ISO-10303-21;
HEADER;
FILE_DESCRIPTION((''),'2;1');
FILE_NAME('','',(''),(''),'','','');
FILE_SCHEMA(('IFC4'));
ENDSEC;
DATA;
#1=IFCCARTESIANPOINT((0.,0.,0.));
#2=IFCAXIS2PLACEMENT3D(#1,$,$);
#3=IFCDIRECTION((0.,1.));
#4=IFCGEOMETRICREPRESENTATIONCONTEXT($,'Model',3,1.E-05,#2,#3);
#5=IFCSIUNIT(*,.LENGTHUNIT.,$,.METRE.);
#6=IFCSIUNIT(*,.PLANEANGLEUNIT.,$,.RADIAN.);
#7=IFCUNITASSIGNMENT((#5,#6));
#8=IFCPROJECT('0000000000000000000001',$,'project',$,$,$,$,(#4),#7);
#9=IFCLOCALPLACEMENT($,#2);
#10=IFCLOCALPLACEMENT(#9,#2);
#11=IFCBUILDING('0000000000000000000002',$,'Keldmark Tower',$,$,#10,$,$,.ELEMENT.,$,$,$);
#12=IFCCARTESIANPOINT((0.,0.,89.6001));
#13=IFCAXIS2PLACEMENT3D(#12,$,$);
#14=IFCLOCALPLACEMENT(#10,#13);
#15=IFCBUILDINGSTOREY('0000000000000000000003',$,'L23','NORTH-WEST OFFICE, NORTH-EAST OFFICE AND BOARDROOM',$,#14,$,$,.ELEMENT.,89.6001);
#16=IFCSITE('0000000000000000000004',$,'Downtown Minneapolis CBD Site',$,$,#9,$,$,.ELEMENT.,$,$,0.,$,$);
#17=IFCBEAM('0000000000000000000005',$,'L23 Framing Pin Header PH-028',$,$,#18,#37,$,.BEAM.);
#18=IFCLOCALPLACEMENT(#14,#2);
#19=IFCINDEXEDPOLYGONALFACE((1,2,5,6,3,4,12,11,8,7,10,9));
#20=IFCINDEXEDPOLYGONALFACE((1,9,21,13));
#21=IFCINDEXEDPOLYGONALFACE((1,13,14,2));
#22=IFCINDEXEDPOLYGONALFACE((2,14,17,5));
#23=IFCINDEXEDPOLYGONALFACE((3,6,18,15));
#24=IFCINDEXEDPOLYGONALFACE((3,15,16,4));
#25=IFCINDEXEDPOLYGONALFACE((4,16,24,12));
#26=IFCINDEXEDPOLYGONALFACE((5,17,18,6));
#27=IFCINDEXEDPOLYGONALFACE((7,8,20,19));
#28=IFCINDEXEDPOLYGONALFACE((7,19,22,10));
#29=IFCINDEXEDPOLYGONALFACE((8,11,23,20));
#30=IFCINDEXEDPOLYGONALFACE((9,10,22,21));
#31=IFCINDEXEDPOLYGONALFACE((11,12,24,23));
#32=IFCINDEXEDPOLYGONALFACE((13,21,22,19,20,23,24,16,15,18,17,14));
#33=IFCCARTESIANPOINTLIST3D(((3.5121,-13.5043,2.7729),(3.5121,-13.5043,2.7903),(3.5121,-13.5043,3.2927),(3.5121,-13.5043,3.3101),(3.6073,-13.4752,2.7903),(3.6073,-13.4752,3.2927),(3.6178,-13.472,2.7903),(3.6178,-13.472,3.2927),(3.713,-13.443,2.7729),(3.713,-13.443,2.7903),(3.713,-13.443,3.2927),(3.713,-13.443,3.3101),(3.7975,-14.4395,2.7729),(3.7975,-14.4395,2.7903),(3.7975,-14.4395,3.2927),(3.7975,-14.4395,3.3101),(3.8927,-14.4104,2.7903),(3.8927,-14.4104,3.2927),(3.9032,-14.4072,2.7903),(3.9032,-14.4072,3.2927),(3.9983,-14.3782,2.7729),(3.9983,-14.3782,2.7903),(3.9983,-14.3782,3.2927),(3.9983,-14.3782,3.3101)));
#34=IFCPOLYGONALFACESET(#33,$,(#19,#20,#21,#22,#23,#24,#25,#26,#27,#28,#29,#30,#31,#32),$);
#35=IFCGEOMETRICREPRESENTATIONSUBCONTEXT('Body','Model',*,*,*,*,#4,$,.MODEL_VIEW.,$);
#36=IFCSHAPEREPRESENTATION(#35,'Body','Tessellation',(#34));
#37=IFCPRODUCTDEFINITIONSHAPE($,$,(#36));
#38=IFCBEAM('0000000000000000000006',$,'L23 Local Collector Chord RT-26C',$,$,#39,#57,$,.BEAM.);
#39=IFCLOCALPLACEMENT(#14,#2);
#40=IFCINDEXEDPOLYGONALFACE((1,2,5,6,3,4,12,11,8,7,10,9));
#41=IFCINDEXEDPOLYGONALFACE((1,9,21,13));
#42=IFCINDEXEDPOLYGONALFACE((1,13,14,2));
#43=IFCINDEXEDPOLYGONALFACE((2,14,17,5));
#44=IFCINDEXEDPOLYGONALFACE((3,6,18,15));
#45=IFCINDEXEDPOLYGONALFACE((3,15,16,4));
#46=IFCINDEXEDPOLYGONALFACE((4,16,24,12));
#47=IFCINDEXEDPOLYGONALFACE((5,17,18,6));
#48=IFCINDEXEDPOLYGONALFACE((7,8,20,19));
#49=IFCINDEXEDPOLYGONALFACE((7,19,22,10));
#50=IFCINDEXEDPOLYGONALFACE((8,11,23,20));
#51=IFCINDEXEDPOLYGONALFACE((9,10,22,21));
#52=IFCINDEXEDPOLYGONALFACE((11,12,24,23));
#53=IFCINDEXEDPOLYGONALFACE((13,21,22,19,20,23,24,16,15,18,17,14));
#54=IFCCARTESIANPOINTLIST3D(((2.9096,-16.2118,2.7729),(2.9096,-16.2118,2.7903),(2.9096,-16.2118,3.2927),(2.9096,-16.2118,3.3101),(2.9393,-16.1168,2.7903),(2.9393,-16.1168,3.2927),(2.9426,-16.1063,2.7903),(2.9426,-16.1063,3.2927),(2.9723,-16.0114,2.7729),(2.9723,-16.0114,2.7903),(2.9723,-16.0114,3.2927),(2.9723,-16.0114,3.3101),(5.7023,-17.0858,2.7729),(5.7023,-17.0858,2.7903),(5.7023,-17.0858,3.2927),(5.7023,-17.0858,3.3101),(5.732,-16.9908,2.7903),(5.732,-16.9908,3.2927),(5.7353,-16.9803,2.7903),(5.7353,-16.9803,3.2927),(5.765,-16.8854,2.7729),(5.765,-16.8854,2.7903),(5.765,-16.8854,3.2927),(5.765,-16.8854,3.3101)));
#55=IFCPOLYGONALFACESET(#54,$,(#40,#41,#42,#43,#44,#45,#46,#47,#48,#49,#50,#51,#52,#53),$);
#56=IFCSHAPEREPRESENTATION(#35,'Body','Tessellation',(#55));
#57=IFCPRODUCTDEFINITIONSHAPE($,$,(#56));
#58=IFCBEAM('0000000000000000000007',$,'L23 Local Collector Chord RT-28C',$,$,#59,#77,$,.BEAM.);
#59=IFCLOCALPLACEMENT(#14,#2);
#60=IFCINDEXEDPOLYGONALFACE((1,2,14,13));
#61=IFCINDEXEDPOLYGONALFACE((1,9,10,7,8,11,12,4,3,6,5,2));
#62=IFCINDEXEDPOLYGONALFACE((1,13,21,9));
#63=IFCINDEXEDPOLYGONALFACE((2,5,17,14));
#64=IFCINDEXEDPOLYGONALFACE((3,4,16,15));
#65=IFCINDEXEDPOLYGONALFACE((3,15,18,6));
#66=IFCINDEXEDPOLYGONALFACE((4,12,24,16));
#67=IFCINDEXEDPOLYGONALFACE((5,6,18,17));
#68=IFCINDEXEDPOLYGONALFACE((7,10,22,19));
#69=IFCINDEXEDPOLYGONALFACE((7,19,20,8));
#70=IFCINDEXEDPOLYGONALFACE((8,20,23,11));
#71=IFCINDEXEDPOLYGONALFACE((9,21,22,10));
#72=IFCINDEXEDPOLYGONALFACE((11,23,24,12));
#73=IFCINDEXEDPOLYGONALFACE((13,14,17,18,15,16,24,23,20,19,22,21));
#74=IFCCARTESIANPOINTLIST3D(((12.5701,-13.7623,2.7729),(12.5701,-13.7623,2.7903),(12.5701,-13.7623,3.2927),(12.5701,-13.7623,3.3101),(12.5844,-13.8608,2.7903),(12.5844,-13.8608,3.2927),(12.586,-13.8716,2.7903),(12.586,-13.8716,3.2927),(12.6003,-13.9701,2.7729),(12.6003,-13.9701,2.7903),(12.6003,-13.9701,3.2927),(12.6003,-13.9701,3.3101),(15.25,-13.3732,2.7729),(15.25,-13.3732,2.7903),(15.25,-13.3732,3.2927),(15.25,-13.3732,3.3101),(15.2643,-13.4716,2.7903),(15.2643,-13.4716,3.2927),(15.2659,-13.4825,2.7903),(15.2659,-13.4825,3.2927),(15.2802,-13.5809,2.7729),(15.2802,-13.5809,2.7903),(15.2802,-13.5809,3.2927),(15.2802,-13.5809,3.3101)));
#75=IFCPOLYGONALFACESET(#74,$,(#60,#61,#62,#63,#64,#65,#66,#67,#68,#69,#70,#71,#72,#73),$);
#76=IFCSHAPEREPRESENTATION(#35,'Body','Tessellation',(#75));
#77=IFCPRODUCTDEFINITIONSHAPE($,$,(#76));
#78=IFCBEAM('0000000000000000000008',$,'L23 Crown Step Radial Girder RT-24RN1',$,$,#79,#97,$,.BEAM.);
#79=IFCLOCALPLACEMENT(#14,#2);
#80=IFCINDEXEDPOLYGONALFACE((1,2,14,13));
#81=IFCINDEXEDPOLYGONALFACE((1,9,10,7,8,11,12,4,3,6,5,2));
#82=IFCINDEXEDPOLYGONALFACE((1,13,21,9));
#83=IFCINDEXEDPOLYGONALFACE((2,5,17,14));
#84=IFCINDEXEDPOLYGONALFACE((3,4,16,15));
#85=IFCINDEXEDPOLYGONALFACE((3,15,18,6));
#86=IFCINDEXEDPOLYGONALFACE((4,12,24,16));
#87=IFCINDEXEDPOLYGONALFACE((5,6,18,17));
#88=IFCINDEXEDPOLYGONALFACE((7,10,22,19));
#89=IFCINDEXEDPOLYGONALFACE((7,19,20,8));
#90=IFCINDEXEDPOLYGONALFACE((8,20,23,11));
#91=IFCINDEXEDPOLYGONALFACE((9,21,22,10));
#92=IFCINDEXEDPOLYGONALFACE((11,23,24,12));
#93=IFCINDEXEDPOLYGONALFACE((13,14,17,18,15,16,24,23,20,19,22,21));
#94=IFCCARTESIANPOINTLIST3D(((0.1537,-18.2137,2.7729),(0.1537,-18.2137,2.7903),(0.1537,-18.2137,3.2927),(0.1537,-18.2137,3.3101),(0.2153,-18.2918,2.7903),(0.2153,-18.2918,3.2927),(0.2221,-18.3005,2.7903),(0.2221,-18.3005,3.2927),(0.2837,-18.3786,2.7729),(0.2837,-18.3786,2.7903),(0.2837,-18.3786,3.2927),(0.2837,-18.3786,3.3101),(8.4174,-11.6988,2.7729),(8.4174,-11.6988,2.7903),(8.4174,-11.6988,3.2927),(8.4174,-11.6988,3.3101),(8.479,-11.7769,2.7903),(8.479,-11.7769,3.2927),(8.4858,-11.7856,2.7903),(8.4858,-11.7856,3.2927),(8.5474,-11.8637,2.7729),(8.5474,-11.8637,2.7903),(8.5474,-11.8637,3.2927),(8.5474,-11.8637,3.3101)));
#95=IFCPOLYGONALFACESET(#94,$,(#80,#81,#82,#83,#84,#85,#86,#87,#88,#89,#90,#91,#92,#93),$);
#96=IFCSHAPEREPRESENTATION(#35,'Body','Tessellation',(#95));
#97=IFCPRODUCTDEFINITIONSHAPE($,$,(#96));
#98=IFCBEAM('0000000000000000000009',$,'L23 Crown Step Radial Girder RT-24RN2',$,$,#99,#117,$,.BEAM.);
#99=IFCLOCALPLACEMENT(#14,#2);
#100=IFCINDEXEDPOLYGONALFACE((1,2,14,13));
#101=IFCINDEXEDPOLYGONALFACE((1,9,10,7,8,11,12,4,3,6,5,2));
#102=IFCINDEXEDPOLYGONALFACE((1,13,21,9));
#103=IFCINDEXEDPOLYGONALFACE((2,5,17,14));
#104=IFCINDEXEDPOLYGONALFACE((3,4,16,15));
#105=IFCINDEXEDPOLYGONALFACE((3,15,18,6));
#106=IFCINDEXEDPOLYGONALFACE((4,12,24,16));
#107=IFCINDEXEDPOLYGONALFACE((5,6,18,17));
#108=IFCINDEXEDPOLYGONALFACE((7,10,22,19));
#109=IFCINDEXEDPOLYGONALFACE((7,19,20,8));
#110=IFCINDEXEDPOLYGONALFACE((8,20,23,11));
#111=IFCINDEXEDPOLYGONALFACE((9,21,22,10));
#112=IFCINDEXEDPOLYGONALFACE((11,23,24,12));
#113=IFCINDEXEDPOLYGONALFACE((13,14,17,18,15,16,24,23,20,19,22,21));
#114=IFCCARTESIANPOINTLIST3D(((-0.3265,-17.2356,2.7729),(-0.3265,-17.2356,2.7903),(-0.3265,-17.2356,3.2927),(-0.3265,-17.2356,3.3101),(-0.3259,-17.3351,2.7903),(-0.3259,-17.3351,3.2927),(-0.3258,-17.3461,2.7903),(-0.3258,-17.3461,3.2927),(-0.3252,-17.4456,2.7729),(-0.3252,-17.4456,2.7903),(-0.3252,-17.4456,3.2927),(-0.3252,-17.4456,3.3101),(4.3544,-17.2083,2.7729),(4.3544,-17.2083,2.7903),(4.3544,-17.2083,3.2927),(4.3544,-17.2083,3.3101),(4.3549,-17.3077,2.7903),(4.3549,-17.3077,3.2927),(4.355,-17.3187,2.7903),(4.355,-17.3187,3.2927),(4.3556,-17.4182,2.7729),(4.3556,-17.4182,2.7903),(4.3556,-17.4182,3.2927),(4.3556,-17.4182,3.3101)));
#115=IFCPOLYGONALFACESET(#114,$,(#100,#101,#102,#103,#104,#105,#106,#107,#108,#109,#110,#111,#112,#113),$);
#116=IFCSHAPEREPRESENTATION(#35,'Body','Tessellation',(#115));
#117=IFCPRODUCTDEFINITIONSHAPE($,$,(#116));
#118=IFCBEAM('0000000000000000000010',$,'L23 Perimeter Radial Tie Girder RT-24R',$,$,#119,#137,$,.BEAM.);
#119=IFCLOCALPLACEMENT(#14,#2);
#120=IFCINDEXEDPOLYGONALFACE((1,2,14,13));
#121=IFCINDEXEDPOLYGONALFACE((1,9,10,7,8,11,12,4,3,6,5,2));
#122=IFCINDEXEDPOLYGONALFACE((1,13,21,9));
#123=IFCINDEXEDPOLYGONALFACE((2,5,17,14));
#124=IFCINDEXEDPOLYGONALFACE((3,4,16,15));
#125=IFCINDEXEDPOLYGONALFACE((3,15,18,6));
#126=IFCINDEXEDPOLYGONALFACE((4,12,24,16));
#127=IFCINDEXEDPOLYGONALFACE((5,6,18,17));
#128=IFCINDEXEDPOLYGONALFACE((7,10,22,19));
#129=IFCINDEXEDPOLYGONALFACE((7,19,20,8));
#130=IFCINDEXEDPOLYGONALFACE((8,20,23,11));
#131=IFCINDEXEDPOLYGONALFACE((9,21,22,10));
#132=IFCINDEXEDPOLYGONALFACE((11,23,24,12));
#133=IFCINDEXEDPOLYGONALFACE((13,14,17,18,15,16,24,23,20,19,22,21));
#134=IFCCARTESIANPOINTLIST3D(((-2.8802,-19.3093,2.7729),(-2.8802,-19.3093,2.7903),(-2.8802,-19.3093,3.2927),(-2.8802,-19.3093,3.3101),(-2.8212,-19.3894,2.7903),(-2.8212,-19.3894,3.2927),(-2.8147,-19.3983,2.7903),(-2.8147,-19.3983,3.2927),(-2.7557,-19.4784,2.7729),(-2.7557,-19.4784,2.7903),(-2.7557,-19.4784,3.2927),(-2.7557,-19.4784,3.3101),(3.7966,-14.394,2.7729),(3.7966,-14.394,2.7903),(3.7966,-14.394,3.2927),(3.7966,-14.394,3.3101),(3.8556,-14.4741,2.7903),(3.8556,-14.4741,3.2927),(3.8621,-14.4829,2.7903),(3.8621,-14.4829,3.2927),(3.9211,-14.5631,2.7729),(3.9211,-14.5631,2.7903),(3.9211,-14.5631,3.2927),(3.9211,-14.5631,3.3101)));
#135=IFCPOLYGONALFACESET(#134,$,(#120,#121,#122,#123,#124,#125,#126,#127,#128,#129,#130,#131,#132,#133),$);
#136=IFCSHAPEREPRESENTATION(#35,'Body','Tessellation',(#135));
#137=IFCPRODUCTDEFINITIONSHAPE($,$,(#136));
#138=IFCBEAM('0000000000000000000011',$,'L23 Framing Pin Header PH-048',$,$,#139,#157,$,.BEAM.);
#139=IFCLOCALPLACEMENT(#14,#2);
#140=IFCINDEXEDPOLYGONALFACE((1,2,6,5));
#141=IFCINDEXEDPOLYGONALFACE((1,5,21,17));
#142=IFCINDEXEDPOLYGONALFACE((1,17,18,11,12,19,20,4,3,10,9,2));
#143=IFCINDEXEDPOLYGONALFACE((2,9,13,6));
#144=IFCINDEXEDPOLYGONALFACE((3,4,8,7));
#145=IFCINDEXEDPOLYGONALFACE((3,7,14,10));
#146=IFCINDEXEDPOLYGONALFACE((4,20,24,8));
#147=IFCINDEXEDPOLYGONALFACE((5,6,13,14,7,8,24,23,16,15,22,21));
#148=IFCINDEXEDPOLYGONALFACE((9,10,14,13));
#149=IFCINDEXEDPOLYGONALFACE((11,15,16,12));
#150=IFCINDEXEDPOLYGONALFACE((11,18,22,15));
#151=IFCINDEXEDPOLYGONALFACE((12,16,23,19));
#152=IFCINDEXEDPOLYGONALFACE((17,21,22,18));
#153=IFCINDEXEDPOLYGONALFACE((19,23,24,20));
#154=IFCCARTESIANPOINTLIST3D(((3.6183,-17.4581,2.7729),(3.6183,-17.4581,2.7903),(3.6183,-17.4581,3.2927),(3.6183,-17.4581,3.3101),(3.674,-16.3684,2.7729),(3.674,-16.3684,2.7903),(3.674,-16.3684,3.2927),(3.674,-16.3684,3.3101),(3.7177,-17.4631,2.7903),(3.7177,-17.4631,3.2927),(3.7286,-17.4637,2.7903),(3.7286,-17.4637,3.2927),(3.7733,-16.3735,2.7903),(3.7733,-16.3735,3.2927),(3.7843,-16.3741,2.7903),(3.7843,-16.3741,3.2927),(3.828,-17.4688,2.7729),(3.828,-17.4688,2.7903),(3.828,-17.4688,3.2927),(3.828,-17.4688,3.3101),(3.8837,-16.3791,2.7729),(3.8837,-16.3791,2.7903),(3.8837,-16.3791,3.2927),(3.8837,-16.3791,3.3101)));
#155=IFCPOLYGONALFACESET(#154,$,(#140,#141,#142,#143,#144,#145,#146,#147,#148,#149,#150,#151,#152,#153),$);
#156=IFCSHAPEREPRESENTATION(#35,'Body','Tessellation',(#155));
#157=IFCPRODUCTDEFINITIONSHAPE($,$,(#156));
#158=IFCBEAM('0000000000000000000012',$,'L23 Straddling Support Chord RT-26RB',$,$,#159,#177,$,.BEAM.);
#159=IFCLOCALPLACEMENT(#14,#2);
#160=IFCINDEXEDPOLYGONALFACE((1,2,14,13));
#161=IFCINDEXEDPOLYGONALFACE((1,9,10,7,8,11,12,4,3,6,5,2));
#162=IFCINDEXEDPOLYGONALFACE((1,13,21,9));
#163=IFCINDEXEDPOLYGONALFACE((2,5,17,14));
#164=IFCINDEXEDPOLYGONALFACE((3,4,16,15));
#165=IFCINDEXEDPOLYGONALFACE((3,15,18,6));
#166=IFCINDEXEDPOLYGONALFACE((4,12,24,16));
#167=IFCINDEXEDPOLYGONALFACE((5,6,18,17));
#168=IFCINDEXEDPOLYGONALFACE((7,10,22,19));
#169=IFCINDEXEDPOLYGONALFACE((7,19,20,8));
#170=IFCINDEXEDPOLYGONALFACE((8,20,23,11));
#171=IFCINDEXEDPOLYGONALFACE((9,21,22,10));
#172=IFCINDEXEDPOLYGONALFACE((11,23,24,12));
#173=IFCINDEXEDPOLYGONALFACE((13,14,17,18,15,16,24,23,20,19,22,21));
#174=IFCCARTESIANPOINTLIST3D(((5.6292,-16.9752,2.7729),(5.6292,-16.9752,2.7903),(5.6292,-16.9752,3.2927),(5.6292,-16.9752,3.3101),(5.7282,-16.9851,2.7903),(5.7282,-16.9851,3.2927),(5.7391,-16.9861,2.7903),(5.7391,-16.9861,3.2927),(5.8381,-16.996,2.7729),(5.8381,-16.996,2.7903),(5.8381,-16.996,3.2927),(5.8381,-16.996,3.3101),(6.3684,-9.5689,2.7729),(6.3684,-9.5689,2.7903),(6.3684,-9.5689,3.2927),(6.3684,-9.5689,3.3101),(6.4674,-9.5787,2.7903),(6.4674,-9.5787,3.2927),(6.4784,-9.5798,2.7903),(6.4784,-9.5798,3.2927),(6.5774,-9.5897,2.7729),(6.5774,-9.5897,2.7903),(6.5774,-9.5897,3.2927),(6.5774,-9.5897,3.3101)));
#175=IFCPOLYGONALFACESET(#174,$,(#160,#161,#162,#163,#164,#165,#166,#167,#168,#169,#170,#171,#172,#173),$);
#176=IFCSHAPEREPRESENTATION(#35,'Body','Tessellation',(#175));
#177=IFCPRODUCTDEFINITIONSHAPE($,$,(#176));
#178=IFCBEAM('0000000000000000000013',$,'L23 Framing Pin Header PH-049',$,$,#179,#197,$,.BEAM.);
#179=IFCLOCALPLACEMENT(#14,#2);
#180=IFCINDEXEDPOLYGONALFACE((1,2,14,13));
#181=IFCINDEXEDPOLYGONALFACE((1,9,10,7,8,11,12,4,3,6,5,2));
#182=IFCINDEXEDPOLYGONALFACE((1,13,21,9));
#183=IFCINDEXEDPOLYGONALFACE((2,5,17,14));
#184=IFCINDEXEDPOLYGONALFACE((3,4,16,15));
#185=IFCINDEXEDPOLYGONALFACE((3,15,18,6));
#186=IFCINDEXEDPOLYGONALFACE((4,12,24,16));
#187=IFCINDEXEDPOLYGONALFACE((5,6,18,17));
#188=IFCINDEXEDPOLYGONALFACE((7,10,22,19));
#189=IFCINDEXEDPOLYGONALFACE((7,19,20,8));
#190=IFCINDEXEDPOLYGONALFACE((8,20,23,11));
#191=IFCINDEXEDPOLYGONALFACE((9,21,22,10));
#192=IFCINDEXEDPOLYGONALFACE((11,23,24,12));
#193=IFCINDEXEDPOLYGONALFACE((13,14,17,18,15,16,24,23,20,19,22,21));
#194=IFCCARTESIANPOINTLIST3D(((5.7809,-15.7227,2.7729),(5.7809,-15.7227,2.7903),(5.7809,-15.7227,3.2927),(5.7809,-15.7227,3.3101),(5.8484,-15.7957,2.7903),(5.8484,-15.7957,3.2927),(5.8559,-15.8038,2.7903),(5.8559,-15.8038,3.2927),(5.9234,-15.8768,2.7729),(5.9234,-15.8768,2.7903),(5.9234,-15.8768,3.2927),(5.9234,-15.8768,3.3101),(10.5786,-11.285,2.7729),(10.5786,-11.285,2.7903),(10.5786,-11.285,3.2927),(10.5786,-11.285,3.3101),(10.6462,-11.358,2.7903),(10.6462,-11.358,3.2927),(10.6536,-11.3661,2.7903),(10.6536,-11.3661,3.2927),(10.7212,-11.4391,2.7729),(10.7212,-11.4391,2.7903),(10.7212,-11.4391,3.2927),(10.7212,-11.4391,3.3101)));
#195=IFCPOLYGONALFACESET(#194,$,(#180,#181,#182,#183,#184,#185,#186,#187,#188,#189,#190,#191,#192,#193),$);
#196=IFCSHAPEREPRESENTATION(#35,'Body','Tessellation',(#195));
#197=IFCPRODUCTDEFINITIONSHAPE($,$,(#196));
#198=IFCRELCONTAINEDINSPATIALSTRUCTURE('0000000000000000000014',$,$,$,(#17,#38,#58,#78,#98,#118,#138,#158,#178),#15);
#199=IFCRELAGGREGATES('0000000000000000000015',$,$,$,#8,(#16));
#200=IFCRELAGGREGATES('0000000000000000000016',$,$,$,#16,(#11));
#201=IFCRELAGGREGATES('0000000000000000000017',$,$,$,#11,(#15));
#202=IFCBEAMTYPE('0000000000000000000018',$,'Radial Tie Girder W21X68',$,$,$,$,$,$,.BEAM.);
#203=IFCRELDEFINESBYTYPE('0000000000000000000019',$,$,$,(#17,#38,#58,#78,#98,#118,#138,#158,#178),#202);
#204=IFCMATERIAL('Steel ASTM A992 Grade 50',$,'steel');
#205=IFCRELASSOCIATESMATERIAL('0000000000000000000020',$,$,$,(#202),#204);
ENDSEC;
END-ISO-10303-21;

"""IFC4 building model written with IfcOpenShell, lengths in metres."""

from ifc_helpers import new_model, si_unit, direction, frame, origin, origin_2d, place, context, subcontext, project, spatial, i_section, extrude, material, material_profile, profile_set, type_object, element, save


model = new_model("IFC4")

# Units and contexts
model_context = context("Model", 3, precision=1e-05, world=origin(), true_north=direction((0.0, 1.0)))
body_context = subcontext(model_context, "Body", "Model", "MODEL_VIEW")
ifc_project = project(units=[si_unit("LENGTHUNIT", "METRE"), si_unit("PLANEANGLEUNIT", "RADIAN")], contexts=[model_context])

# Site, building, storey
site_placement = place(None, origin())
site = spatial("IfcSite", under=ifc_project, at=site_placement, Name="Downtown Minneapolis CBD Site", CompositionType="ELEMENT", RefElevation=0.0)
building_placement = place(site_placement, origin())
building = spatial("IfcBuilding", under=site, at=building_placement, Name="Keldmark Tower", CompositionType="ELEMENT")
storey_placement = place(building_placement, frame((0.0, 0.0, 89.6001)))
storey = spatial("IfcBuildingStorey", under=building, at=storey_placement, Name="L23", Description="NORTH-WEST OFFICE, NORTH-EAST OFFICE AND BOARDROOM", CompositionType="ELEMENT", Elevation=89.6001)

# Beams
ifc_material_1 = material(Name="Steel ASTM A992 Grade 50", Category="steel")
ifc_material_profile_1 = material_profile(ifc_material_1, i_section(OverallWidth=0.21, OverallDepth=0.5371, WebThickness=0.011, FlangeThickness=0.0173, at=origin_2d()), Name="W21X68")
ifc_profile_set_1 = profile_set([ifc_material_profile_1], Name="Steel ASTM A992 Grade 50")
beam_type_1 = type_object("IfcBeamType", Name="Radial Tie Girder W21X68", PredefinedType="BEAM", material=ifc_profile_set_1)
beam_1_placement = place(storey_placement, frame((3.6125, -13.4736, 3.0415), z_axis=(0.291857, -0.956462, 0.0), x_axis=(0.956462, 0.291857, 0.0)))
element("IfcBeam", 1, at=beam_1_placement, inside=storey, type_object=beam_type_1, Name="L23 Framing Pin Header PH-028", PredefinedType="BEAM", context=body_context, shape_type="SweptSolid", body=[
    extrude(i_section(OverallWidth=0.21, OverallDepth=0.5371, WebThickness=0.011, FlangeThickness=0.0173, at=origin_2d()), origin(), (0.0, 0.0, 1.0), 0.9778),
])
beam_2_placement = place(storey_placement, frame((2.9409, -16.1116, 3.0415), z_axis=(0.954354, -0.298679, 0.0), x_axis=(0.298679, 0.954354, 0.0)))
element("IfcBeam", 2, at=beam_2_placement, inside=storey, type_object=beam_type_1, Name="L23 Local Collector Chord RT-26C", PredefinedType="BEAM", context=body_context, shape_type="SweptSolid", body=[
    extrude(i_section(OverallWidth=0.21, OverallDepth=0.5371, WebThickness=0.011, FlangeThickness=0.0173, at=origin_2d()), origin(), (0.0, 0.0, 1.0), 2.9263),
])
beam_3_placement = place(storey_placement, frame((12.5852, -13.8662, 3.0415), z_axis=(0.989621, 0.143705, 0.0), x_axis=(-0.143705, 0.989621, 0.0)))
element("IfcBeam", 3, at=beam_3_placement, inside=storey, type_object=beam_type_1, Name="L23 Local Collector Chord RT-28C", PredefinedType="BEAM", context=body_context, shape_type="SweptSolid", body=[
    extrude(i_section(OverallWidth=0.21, OverallDepth=0.5371, WebThickness=0.011, FlangeThickness=0.0173, at=origin_2d()), origin(), (0.0, 0.0, 1.0), 2.708),
])
beam_4_placement = place(storey_placement, frame((8.4824, -11.7812, 3.0415), z_axis=(-0.785301, -0.619114, 0.0), x_axis=(0.619114, -0.785301, 0.0)))
element("IfcBeam", 4, at=beam_4_placement, inside=storey, type_object=beam_type_1, Name="L23 Crown Step Radial Girder RT-24RN1", PredefinedType="BEAM", context=body_context, shape_type="SweptSolid", body=[
    extrude(i_section(OverallWidth=0.21, OverallDepth=0.5371, WebThickness=0.011, FlangeThickness=0.0173, at=origin_2d()), origin(), (0.0, 0.0, 1.0), 10.5229),
])
beam_5_placement = place(storey_placement, frame((4.355, -17.3132, 3.0415), z_axis=(-0.999983, -0.005841, 0.0), x_axis=(0.005841, -0.999983, 0.0)))
element("IfcBeam", 5, at=beam_5_placement, inside=storey, type_object=beam_type_1, Name="L23 Crown Step Radial Girder RT-24RN2", PredefinedType="BEAM", context=body_context, shape_type="SweptSolid", body=[
    extrude(i_section(OverallWidth=0.21, OverallDepth=0.5371, WebThickness=0.011, FlangeThickness=0.0173, at=origin_2d()), origin(), (0.0, 0.0, 1.0), 4.6809),
])
beam_6_placement = place(storey_placement, frame((3.8589, -14.4785, 3.0415), z_axis=(-0.805311, -0.592852, 0.0), x_axis=(0.592852, -0.805311, 0.0)))
element("IfcBeam", 6, at=beam_6_placement, inside=storey, type_object=beam_type_1, Name="L23 Perimeter Radial Tie Girder RT-24R", PredefinedType="BEAM", context=body_context, shape_type="SweptSolid", body=[
    extrude(i_section(OverallWidth=0.21, OverallDepth=0.5371, WebThickness=0.011, FlangeThickness=0.0173, at=origin_2d()), origin(), (0.0, 0.0, 1.0), 8.291),
])
beam_7_placement = place(storey_placement, frame((3.7788, -16.3738, 3.0415), z_axis=(-0.05102, -0.998698, 0.0), x_axis=(0.998698, -0.05102, 0.0)))
element("IfcBeam", 7, at=beam_7_placement, inside=storey, type_object=beam_type_1, Name="L23 Framing Pin Header PH-048", PredefinedType="BEAM", context=body_context, shape_type="SweptSolid", body=[
    extrude(i_section(OverallWidth=0.21, OverallDepth=0.5371, WebThickness=0.011, FlangeThickness=0.0173, at=origin_2d()), origin(), (0.0, 0.0, 1.0), 1.0911),
])
beam_8_placement = place(storey_placement, frame((5.7336, -16.9856, 3.0415), z_axis=(0.099322, 0.995055, 0.0), x_axis=(-0.995055, 0.099322, 0.0)))
element("IfcBeam", 8, at=beam_8_placement, inside=storey, type_object=beam_type_1, Name="L23 Straddling Support Chord RT-26RB", PredefinedType="BEAM", context=body_context, shape_type="SweptSolid", body=[
    extrude(i_section(OverallWidth=0.21, OverallDepth=0.5371, WebThickness=0.011, FlangeThickness=0.0173, at=origin_2d()), origin(), (0.0, 0.0, 1.0), 7.4431),
])
beam_9_placement = place(storey_placement, frame((10.6499, -11.3621, 3.0415), z_axis=(-0.73412, -0.67902, 0.0), x_axis=(0.67902, -0.73412, 0.0)))
element("IfcBeam", 9, at=beam_9_placement, inside=storey, type_object=beam_type_1, Name="L23 Framing Pin Header PH-049", PredefinedType="BEAM", context=body_context, shape_type="SweptSolid", body=[
    extrude(i_section(OverallWidth=0.21, OverallDepth=0.5371, WebThickness=0.011, FlangeThickness=0.0173, at=origin_2d()), origin(), (0.0, 0.0, 1.0), 6.5354),
])

save(model, "model.ifc")
